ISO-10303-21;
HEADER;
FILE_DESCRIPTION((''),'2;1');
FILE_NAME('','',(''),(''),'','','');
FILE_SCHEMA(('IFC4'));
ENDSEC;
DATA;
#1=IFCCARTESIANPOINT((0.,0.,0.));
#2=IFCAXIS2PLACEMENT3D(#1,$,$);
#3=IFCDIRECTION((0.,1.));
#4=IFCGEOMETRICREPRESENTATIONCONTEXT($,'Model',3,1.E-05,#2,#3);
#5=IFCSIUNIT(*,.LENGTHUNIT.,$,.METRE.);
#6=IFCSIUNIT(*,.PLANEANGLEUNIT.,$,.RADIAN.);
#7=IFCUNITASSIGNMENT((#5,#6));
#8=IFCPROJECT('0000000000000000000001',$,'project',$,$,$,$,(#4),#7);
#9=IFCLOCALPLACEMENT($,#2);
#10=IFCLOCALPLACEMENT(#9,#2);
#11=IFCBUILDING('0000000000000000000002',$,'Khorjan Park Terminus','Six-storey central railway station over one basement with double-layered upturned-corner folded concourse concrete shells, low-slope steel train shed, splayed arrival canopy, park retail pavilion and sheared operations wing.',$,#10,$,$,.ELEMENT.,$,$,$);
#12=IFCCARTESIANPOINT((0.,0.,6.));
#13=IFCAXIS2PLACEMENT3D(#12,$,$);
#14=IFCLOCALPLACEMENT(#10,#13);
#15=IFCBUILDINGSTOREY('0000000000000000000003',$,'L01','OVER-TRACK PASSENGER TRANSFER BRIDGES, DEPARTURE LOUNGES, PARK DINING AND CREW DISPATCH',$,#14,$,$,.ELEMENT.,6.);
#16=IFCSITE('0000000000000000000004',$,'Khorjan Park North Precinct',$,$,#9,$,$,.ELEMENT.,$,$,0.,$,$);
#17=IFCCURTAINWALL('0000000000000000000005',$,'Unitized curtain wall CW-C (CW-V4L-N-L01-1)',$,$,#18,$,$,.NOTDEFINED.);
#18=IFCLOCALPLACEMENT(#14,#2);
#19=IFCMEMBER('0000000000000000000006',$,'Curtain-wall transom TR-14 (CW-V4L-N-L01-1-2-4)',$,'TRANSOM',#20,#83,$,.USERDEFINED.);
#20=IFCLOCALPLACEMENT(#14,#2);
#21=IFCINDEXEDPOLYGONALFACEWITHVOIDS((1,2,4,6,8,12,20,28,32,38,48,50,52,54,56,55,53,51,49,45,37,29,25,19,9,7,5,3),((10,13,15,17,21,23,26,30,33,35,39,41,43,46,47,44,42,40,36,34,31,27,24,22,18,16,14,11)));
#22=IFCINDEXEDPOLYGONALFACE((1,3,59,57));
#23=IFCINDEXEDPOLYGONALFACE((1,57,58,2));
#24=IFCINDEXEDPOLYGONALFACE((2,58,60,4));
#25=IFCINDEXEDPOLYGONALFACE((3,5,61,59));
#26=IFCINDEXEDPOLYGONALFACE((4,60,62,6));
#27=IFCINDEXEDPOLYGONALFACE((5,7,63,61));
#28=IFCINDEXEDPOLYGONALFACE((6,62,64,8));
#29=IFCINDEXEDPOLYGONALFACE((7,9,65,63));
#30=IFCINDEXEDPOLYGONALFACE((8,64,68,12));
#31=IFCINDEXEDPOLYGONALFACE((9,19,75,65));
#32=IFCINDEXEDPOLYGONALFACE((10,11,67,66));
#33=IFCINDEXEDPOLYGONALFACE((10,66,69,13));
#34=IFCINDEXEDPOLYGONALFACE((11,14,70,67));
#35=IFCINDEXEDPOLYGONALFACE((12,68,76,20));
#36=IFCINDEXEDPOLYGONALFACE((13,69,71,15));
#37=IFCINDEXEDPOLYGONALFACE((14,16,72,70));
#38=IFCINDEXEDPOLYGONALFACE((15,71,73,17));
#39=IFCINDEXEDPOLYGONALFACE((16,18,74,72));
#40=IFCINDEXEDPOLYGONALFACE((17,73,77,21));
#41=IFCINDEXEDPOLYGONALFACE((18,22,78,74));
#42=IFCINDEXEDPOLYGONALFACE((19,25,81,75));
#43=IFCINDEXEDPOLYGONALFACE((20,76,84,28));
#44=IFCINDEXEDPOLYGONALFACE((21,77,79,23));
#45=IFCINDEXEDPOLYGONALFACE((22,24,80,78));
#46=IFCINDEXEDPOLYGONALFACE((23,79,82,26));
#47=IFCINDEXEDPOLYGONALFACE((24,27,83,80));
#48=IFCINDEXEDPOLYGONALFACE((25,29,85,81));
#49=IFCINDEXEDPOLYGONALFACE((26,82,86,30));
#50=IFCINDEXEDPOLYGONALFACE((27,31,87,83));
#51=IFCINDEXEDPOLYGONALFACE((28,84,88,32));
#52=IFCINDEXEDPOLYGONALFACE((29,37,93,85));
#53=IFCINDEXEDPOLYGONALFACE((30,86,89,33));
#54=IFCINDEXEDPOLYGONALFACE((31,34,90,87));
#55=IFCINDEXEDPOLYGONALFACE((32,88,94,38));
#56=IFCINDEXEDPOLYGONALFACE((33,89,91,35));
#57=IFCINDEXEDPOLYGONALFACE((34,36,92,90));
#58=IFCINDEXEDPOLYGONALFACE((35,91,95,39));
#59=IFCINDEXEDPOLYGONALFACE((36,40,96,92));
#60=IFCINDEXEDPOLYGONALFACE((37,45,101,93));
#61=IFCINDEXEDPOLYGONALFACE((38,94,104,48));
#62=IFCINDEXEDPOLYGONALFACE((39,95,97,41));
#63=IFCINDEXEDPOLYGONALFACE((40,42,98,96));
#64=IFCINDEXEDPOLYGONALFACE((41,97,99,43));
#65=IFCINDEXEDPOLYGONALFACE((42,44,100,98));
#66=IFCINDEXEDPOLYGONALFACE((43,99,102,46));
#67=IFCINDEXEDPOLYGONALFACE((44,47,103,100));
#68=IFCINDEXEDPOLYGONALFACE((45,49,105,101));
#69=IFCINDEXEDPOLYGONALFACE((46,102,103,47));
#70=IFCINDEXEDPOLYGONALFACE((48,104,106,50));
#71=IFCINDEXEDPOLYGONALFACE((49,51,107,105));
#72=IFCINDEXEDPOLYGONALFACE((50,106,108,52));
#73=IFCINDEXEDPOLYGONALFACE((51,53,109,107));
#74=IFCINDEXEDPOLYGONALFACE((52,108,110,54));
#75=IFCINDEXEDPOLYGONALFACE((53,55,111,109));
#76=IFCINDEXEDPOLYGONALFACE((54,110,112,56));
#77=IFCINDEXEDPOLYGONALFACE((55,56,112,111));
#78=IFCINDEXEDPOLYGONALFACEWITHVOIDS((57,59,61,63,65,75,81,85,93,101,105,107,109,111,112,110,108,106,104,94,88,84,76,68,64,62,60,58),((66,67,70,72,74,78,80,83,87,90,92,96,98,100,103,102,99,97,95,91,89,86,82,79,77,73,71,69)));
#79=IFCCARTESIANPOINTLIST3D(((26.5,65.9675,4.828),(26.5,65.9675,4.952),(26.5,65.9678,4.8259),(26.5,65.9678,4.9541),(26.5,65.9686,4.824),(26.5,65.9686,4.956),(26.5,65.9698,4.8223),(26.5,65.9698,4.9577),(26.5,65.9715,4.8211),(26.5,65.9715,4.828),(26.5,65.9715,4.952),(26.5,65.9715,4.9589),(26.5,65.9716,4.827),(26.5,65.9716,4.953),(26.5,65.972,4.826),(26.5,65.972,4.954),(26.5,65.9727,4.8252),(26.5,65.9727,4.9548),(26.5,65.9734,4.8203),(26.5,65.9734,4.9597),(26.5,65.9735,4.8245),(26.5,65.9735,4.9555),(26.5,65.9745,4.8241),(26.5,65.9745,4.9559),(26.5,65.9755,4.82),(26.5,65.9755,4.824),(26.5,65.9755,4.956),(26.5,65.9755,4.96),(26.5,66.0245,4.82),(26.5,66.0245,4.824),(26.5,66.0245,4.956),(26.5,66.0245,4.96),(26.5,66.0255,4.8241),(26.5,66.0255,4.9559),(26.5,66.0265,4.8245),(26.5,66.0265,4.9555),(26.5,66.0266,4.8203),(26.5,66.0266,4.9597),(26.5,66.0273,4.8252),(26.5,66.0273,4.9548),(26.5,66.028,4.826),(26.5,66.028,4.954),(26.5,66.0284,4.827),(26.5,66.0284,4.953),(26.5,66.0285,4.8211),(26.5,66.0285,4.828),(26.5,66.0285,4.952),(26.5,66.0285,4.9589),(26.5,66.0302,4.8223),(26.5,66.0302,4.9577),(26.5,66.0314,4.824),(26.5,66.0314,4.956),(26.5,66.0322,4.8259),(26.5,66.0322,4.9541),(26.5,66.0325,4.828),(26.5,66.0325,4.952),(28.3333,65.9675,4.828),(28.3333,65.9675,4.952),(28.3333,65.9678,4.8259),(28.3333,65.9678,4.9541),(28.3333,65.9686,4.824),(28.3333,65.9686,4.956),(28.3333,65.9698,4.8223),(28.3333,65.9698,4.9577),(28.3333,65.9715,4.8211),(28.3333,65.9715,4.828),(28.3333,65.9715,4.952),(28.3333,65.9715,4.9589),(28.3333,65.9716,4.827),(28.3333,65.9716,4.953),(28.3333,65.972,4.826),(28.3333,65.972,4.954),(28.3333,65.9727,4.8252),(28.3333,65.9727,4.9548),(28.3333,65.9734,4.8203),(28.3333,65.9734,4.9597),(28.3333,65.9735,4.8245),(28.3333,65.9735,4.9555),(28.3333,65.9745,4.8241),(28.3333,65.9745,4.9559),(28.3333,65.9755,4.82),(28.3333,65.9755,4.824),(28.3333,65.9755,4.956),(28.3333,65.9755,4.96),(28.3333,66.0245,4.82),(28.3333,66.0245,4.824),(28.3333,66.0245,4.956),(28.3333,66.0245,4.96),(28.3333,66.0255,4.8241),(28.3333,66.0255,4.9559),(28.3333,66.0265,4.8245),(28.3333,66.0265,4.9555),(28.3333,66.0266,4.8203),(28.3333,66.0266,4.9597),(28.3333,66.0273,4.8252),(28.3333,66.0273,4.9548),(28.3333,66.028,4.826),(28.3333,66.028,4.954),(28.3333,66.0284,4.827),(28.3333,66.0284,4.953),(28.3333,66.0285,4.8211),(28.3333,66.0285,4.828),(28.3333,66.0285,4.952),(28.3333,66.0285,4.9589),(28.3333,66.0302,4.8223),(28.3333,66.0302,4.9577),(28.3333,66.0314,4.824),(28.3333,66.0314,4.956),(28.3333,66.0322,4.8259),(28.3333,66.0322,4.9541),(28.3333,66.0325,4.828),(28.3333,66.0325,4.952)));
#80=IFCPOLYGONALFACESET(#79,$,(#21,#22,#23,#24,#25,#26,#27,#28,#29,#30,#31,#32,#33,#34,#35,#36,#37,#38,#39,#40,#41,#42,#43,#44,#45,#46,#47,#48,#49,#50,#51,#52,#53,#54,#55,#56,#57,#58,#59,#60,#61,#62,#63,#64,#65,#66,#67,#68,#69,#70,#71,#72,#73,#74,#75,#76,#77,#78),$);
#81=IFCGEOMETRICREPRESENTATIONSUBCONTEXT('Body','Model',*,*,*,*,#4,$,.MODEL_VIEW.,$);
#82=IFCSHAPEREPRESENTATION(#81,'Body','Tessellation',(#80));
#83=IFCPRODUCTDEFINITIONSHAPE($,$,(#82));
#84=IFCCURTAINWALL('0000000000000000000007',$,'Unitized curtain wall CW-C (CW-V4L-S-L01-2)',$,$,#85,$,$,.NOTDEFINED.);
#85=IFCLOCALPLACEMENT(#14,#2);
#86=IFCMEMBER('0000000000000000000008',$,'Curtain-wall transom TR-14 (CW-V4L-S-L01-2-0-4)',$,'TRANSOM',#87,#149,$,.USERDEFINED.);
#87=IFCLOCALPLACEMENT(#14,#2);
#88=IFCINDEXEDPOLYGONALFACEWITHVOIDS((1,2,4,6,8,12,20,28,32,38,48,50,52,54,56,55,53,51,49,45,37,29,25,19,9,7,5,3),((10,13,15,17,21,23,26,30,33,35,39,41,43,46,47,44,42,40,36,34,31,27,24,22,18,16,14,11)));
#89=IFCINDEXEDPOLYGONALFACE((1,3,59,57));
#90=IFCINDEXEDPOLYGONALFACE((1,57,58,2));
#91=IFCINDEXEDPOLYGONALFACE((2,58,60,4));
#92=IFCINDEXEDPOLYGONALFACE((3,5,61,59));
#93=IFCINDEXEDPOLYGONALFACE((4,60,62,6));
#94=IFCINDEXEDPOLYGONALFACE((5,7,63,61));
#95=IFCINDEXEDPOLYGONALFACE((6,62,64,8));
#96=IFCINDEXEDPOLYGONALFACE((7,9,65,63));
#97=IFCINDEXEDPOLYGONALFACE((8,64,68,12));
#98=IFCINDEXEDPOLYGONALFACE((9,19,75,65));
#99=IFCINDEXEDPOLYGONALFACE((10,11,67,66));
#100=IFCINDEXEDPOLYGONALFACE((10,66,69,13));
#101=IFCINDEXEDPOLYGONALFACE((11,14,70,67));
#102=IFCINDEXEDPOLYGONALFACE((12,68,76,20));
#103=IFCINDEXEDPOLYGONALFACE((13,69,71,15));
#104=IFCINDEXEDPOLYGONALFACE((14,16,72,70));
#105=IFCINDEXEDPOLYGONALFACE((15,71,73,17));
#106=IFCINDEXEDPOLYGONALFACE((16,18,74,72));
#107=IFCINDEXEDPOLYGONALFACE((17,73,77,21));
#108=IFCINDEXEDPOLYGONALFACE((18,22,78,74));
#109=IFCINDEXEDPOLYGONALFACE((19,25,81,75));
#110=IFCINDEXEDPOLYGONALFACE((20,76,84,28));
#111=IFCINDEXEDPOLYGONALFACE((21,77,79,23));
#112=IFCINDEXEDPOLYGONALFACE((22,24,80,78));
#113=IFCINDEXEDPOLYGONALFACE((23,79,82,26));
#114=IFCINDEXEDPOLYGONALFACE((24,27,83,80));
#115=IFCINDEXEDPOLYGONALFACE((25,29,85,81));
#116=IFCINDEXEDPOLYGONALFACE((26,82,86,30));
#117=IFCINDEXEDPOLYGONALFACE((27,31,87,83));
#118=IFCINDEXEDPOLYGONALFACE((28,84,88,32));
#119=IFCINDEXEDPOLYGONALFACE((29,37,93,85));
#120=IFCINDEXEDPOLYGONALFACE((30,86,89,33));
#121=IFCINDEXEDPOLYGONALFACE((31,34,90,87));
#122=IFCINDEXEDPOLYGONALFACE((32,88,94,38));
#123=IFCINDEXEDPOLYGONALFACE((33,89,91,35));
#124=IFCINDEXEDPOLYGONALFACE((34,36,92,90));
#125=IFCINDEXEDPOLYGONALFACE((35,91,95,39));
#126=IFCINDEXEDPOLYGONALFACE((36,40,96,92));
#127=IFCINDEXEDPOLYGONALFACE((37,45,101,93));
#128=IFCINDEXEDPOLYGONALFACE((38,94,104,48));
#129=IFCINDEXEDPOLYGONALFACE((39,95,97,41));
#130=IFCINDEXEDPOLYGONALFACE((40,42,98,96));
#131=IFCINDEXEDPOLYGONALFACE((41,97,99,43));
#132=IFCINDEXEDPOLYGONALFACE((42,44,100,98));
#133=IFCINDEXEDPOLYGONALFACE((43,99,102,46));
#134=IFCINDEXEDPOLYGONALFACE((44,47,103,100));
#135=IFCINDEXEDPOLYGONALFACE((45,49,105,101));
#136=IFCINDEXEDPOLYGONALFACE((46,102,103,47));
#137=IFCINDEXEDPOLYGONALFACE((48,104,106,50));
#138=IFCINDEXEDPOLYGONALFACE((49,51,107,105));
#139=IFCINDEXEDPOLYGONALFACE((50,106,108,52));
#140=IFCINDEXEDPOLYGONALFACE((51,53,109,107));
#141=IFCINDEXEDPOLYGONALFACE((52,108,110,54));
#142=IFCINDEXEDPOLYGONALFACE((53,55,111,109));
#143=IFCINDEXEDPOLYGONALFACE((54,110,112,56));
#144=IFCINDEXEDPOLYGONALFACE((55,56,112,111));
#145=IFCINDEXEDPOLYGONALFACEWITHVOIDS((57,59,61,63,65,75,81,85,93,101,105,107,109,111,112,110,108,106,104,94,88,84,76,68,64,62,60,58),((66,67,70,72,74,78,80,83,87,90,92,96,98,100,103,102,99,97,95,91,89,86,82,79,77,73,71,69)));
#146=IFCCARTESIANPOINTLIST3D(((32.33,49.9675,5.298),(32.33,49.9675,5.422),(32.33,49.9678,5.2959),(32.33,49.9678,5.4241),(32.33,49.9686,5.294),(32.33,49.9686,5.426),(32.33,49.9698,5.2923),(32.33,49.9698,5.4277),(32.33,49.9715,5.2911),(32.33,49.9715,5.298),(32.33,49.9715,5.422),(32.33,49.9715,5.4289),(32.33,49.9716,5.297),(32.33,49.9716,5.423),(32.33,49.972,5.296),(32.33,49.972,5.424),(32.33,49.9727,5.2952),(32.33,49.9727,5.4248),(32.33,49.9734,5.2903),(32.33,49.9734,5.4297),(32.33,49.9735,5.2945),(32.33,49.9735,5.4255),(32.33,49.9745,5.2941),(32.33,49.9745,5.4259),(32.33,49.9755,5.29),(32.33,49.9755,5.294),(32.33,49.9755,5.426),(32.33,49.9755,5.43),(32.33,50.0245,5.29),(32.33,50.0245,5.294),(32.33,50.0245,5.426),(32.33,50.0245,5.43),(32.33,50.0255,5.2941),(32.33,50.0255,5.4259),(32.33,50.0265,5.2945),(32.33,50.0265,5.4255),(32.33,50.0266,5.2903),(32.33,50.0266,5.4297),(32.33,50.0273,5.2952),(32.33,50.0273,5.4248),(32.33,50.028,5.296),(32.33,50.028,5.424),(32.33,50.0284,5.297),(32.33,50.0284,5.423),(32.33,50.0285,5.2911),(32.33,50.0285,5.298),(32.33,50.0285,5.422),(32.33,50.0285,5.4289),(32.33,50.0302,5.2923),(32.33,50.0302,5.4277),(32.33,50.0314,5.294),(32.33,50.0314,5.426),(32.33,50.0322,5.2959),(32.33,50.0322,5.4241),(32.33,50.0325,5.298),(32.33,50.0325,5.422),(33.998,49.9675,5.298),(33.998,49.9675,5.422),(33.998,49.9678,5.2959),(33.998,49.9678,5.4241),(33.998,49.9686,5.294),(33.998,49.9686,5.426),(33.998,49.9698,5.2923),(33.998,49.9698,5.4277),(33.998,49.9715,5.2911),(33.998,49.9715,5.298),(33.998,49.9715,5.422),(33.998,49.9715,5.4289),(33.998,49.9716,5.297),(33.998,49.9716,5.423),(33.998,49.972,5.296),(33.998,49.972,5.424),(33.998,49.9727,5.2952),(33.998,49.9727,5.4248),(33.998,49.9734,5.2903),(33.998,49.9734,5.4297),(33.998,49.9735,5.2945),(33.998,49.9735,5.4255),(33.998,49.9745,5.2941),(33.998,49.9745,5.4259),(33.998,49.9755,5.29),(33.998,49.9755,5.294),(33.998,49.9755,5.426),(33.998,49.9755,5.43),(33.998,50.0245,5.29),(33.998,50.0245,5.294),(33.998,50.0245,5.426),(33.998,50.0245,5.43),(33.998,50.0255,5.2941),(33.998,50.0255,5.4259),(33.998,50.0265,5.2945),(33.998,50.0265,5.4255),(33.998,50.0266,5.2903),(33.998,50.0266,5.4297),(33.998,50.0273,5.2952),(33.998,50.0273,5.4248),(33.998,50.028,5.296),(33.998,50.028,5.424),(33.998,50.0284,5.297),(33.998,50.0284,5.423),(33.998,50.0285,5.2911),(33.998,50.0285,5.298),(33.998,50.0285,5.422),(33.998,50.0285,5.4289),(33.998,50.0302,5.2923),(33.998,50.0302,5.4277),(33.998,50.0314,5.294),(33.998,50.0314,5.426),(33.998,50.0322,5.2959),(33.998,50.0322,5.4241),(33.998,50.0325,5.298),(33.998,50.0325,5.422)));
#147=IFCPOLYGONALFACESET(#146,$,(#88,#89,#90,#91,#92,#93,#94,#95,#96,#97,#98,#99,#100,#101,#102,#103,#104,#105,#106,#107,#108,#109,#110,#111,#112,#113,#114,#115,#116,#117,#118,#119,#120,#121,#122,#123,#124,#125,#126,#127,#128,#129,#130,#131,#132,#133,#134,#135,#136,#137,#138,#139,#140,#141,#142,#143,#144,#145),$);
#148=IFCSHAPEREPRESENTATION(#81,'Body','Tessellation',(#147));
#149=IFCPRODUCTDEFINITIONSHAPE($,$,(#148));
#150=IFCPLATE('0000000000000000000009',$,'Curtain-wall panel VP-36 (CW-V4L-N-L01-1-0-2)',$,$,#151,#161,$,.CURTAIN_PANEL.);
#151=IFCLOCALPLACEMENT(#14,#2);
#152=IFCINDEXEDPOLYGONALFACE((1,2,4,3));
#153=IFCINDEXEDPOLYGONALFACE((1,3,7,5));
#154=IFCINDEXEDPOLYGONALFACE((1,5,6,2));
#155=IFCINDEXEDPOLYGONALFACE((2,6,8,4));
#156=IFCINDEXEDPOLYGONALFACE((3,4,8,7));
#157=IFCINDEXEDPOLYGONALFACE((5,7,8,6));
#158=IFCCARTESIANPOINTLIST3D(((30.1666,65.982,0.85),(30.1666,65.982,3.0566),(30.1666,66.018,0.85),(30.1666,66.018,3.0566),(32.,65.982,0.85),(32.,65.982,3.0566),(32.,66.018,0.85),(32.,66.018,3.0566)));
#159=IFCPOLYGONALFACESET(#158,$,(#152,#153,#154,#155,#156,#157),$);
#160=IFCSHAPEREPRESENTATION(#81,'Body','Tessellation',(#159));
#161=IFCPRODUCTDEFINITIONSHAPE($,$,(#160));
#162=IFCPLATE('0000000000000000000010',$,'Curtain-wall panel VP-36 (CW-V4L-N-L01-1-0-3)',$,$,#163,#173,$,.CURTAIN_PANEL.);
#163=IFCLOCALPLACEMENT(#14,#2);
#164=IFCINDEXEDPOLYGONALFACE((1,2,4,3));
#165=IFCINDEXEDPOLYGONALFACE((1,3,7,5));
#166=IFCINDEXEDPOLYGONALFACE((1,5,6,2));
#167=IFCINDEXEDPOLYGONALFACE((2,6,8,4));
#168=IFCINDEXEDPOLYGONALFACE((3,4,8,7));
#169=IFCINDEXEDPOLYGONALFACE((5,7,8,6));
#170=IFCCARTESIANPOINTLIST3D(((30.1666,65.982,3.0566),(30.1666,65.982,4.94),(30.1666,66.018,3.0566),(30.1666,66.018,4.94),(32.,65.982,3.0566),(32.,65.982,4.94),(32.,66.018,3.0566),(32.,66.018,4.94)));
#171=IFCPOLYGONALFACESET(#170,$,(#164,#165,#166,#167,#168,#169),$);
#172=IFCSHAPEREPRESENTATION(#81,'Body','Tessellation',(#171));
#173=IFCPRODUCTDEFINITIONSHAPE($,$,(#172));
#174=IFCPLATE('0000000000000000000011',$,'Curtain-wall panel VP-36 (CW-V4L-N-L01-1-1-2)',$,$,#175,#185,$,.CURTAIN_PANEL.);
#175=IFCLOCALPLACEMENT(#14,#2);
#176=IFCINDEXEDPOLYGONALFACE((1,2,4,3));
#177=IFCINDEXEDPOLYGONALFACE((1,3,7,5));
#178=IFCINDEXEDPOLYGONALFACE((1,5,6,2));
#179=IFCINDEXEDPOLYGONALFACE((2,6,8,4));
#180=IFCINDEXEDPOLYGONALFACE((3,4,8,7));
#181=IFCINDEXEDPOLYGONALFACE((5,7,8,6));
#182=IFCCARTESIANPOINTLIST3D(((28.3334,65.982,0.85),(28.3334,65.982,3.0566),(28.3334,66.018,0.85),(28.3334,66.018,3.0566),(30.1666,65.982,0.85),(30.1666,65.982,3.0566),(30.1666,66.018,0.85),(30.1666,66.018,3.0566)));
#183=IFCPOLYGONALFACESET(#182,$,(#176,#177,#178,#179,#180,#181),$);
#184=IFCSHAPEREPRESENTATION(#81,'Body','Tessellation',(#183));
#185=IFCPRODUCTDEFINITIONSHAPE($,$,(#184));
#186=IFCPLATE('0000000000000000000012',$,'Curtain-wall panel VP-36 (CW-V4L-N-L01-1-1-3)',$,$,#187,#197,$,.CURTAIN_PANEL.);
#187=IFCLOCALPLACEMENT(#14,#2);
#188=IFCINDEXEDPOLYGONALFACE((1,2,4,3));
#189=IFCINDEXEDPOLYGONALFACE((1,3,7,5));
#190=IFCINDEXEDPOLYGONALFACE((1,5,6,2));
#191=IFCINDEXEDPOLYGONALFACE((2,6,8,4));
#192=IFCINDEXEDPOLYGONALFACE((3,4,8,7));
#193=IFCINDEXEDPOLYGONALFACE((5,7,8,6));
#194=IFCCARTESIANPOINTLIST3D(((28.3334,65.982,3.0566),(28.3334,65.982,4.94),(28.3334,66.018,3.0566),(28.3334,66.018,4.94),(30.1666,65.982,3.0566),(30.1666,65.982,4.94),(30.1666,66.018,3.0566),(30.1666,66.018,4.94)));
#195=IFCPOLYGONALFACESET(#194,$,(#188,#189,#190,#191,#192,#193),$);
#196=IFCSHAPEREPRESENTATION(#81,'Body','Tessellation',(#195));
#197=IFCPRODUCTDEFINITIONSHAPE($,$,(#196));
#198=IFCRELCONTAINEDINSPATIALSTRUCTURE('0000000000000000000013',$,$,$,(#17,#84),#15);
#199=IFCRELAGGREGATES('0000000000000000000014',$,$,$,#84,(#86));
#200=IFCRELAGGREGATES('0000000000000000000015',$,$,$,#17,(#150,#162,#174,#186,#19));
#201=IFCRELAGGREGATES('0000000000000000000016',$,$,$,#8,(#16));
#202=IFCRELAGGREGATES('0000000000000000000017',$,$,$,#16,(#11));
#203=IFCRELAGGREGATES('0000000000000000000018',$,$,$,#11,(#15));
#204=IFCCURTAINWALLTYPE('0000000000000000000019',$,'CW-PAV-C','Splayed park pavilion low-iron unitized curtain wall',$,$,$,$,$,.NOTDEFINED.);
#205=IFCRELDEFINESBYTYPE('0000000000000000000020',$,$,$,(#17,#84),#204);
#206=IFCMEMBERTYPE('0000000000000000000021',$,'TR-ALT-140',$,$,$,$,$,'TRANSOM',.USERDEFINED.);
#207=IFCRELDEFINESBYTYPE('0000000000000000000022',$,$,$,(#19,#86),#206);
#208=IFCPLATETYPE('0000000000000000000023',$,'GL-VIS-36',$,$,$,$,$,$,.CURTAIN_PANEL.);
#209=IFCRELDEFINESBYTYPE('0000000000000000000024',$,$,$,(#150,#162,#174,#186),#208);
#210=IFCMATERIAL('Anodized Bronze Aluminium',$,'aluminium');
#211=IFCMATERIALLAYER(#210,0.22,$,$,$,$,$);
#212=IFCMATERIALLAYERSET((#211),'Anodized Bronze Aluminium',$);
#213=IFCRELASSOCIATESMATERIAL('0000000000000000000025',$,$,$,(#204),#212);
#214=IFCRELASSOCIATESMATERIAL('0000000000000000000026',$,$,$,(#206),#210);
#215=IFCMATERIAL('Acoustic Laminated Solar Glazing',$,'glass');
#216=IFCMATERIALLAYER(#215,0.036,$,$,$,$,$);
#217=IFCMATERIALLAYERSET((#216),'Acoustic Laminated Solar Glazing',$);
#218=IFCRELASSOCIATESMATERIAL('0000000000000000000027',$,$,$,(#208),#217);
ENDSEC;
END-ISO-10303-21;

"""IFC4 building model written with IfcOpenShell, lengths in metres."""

from ifc_helpers import new_model, si_unit, direction, frame, origin, origin_2d, place, context, subcontext, project, spatial, rectangle, hollow_rectangle, extrude, material, layer, layer_set, material_profile, profile_set, type_object, element, aggregate, save


model = new_model("IFC4")

# Units and contexts
model_context = context("Model", 3, precision=1e-05, world=origin(), true_north=direction((0.0, 1.0)))
body_context = subcontext(model_context, "Body", "Model", "MODEL_VIEW")
ifc_project = project(units=[si_unit("LENGTHUNIT", "METRE"), si_unit("PLANEANGLEUNIT", "RADIAN")], contexts=[model_context])

# Site, building, storey
site_placement = place(None, origin())
site = spatial("IfcSite", under=ifc_project, at=site_placement, Name="Khorjan Park North Precinct", CompositionType="ELEMENT", RefElevation=0.0)
building_placement = place(site_placement, origin())
building = spatial("IfcBuilding", under=site, at=building_placement, Name="Khorjan Park Terminus", Description="Six-storey central railway station over one basement with double-layered upturned-corner folded concourse concrete shells, low-slope steel train shed, splayed arrival canopy, park retail pavilion and sheared operations wing.", CompositionType="ELEMENT")
storey_placement = place(building_placement, frame((0.0, 0.0, 6.0)))
storey = spatial("IfcBuildingStorey", under=building, at=storey_placement, Name="L01", Description="OVER-TRACK PASSENGER TRANSFER BRIDGES, DEPARTURE LOUNGES, PARK DINING AND CREW DISPATCH", CompositionType="ELEMENT", Elevation=6.0)

# Curtain wall, member
ifc_material_1 = material(Name="Anodized Bronze Aluminium", Category="aluminium")
ifc_layer_1 = layer(ifc_material_1, 0.22)
ifc_layer_set_1 = layer_set([ifc_layer_1], Name="Anodized Bronze Aluminium")
curtain_wall_type = type_object("IfcCurtainWallType", Name="CW-PAV-C", Description="Splayed park pavilion low-iron unitized curtain wall", PredefinedType="NOTDEFINED", material=ifc_layer_set_1)
curtain_wall_1_placement = place(storey_placement, origin())
curtain_wall_1 = element("IfcCurtainWall", 1, at=curtain_wall_1_placement, inside=storey, type_object=curtain_wall_type, Name="Unitized curtain wall CW-C (CW-V4L-N-L01-1)", PredefinedType="NOTDEFINED")
ifc_material_profile_1 = material_profile(ifc_material_1, hollow_rectangle(XDim=0.065, YDim=0.14, WallThickness=0.004, InnerFilletRadius=0.004, OuterFilletRadius=0.008, at=origin_2d()), Name="ALT 65x140x4")
ifc_profile_set_1 = profile_set([ifc_material_profile_1], Name="Anodized Bronze Aluminium")
member_type_1 = type_object("IfcMemberType", Name="TR-ALT-140", ElementType="TRANSOM", PredefinedType="USERDEFINED", material=ifc_profile_set_1)
member_1_placement = place(storey_placement, frame((28.3333, 66.0, 4.89), z_axis=(-1.0, 0.0, 0.0), x_axis=(0.0, -1.0, 0.0)))
member_1 = element("IfcMember", 2, at=member_1_placement, type_object=member_type_1, Name="Curtain-wall transom TR-14 (CW-V4L-N-L01-1-2-4)", ObjectType="TRANSOM", PredefinedType="USERDEFINED", context=body_context, shape_type="SweptSolid", body=[
    extrude(hollow_rectangle(XDim=0.065, YDim=0.14, WallThickness=0.004, InnerFilletRadius=0.004, OuterFilletRadius=0.008, at=origin_2d()), origin(), (0.0, 0.0, 1.0), 1.8333),
])

# Curtain wall, member
curtain_wall_2_placement = place(storey_placement, origin())
curtain_wall_2 = element("IfcCurtainWall", 3, at=curtain_wall_2_placement, inside=storey, type_object=curtain_wall_type, Name="Unitized curtain wall CW-C (CW-V4L-S-L01-2)", PredefinedType="NOTDEFINED")
member_2_placement = place(storey_placement, frame((32.33, 50.0, 5.36), z_axis=(1.0, 0.0, 0.0), x_axis=(0.0, 1.0, 0.0)))
member_2 = element("IfcMember", 4, at=member_2_placement, type_object=member_type_1, Name="Curtain-wall transom TR-14 (CW-V4L-S-L01-2-0-4)", ObjectType="TRANSOM", PredefinedType="USERDEFINED", context=body_context, shape_type="SweptSolid", body=[
    extrude(hollow_rectangle(XDim=0.065, YDim=0.14, WallThickness=0.004, InnerFilletRadius=0.004, OuterFilletRadius=0.008, at=origin_2d()), origin(), (0.0, 0.0, 1.0), 1.668),
])
aggregate(curtain_wall_2, [member_2])

# Plates
ifc_material_2 = material(Name="Acoustic Laminated Solar Glazing", Category="glass")
ifc_layer_2 = layer(ifc_material_2, 0.036)
ifc_layer_set_2 = layer_set([ifc_layer_2], Name="Acoustic Laminated Solar Glazing")
plate_type_1 = type_object("IfcPlateType", Name="GL-VIS-36", PredefinedType="CURTAIN_PANEL", material=ifc_layer_set_2)
plate_1_placement = place(storey_placement, frame((31.0833, 66.0, 0.85), z_axis=(0.0, 0.0, 1.0), x_axis=(-1.0, 0.0, 0.0)))
plate_1 = element("IfcPlate", 5, at=plate_1_placement, type_object=plate_type_1, Name="Curtain-wall panel VP-36 (CW-V4L-N-L01-1-0-2)", PredefinedType="CURTAIN_PANEL", context=body_context, shape_type="SweptSolid", body=[
    extrude(rectangle(XDim=1.8333, YDim=0.036, at=origin_2d()), origin(), (0.0, 0.0, 1.0), 2.2066),
])
plate_2_placement = place(storey_placement, frame((31.0833, 66.0, 3.0566), z_axis=(0.0, 0.0, 1.0), x_axis=(-1.0, 0.0, 0.0)))
plate_2 = element("IfcPlate", 6, at=plate_2_placement, type_object=plate_type_1, Name="Curtain-wall panel VP-36 (CW-V4L-N-L01-1-0-3)", PredefinedType="CURTAIN_PANEL", context=body_context, shape_type="SweptSolid", body=[
    extrude(rectangle(XDim=1.8333, YDim=0.036, at=origin_2d()), origin(), (0.0, 0.0, 1.0), 1.8834),
])
plate_3_placement = place(storey_placement, frame((29.25, 66.0, 0.85), z_axis=(0.0, 0.0, 1.0), x_axis=(-1.0, 0.0, 0.0)))
plate_3 = element("IfcPlate", 7, at=plate_3_placement, type_object=plate_type_1, Name="Curtain-wall panel VP-36 (CW-V4L-N-L01-1-1-2)", PredefinedType="CURTAIN_PANEL", context=body_context, shape_type="SweptSolid", body=[
    extrude(rectangle(XDim=1.8333, YDim=0.036, at=origin_2d()), origin(), (0.0, 0.0, 1.0), 2.2066),
])
plate_4_placement = place(storey_placement, frame((29.25, 66.0, 3.0566), z_axis=(0.0, 0.0, 1.0), x_axis=(-1.0, 0.0, 0.0)))
plate_4 = element("IfcPlate", 8, at=plate_4_placement, type_object=plate_type_1, Name="Curtain-wall panel VP-36 (CW-V4L-N-L01-1-1-3)", PredefinedType="CURTAIN_PANEL", context=body_context, shape_type="SweptSolid", body=[
    extrude(rectangle(XDim=1.8333, YDim=0.036, at=origin_2d()), origin(), (0.0, 0.0, 1.0), 1.8834),
])
aggregate(curtain_wall_1, [plate_1, plate_2, plate_3, plate_4, member_1])

save(model, "model.ifc")
